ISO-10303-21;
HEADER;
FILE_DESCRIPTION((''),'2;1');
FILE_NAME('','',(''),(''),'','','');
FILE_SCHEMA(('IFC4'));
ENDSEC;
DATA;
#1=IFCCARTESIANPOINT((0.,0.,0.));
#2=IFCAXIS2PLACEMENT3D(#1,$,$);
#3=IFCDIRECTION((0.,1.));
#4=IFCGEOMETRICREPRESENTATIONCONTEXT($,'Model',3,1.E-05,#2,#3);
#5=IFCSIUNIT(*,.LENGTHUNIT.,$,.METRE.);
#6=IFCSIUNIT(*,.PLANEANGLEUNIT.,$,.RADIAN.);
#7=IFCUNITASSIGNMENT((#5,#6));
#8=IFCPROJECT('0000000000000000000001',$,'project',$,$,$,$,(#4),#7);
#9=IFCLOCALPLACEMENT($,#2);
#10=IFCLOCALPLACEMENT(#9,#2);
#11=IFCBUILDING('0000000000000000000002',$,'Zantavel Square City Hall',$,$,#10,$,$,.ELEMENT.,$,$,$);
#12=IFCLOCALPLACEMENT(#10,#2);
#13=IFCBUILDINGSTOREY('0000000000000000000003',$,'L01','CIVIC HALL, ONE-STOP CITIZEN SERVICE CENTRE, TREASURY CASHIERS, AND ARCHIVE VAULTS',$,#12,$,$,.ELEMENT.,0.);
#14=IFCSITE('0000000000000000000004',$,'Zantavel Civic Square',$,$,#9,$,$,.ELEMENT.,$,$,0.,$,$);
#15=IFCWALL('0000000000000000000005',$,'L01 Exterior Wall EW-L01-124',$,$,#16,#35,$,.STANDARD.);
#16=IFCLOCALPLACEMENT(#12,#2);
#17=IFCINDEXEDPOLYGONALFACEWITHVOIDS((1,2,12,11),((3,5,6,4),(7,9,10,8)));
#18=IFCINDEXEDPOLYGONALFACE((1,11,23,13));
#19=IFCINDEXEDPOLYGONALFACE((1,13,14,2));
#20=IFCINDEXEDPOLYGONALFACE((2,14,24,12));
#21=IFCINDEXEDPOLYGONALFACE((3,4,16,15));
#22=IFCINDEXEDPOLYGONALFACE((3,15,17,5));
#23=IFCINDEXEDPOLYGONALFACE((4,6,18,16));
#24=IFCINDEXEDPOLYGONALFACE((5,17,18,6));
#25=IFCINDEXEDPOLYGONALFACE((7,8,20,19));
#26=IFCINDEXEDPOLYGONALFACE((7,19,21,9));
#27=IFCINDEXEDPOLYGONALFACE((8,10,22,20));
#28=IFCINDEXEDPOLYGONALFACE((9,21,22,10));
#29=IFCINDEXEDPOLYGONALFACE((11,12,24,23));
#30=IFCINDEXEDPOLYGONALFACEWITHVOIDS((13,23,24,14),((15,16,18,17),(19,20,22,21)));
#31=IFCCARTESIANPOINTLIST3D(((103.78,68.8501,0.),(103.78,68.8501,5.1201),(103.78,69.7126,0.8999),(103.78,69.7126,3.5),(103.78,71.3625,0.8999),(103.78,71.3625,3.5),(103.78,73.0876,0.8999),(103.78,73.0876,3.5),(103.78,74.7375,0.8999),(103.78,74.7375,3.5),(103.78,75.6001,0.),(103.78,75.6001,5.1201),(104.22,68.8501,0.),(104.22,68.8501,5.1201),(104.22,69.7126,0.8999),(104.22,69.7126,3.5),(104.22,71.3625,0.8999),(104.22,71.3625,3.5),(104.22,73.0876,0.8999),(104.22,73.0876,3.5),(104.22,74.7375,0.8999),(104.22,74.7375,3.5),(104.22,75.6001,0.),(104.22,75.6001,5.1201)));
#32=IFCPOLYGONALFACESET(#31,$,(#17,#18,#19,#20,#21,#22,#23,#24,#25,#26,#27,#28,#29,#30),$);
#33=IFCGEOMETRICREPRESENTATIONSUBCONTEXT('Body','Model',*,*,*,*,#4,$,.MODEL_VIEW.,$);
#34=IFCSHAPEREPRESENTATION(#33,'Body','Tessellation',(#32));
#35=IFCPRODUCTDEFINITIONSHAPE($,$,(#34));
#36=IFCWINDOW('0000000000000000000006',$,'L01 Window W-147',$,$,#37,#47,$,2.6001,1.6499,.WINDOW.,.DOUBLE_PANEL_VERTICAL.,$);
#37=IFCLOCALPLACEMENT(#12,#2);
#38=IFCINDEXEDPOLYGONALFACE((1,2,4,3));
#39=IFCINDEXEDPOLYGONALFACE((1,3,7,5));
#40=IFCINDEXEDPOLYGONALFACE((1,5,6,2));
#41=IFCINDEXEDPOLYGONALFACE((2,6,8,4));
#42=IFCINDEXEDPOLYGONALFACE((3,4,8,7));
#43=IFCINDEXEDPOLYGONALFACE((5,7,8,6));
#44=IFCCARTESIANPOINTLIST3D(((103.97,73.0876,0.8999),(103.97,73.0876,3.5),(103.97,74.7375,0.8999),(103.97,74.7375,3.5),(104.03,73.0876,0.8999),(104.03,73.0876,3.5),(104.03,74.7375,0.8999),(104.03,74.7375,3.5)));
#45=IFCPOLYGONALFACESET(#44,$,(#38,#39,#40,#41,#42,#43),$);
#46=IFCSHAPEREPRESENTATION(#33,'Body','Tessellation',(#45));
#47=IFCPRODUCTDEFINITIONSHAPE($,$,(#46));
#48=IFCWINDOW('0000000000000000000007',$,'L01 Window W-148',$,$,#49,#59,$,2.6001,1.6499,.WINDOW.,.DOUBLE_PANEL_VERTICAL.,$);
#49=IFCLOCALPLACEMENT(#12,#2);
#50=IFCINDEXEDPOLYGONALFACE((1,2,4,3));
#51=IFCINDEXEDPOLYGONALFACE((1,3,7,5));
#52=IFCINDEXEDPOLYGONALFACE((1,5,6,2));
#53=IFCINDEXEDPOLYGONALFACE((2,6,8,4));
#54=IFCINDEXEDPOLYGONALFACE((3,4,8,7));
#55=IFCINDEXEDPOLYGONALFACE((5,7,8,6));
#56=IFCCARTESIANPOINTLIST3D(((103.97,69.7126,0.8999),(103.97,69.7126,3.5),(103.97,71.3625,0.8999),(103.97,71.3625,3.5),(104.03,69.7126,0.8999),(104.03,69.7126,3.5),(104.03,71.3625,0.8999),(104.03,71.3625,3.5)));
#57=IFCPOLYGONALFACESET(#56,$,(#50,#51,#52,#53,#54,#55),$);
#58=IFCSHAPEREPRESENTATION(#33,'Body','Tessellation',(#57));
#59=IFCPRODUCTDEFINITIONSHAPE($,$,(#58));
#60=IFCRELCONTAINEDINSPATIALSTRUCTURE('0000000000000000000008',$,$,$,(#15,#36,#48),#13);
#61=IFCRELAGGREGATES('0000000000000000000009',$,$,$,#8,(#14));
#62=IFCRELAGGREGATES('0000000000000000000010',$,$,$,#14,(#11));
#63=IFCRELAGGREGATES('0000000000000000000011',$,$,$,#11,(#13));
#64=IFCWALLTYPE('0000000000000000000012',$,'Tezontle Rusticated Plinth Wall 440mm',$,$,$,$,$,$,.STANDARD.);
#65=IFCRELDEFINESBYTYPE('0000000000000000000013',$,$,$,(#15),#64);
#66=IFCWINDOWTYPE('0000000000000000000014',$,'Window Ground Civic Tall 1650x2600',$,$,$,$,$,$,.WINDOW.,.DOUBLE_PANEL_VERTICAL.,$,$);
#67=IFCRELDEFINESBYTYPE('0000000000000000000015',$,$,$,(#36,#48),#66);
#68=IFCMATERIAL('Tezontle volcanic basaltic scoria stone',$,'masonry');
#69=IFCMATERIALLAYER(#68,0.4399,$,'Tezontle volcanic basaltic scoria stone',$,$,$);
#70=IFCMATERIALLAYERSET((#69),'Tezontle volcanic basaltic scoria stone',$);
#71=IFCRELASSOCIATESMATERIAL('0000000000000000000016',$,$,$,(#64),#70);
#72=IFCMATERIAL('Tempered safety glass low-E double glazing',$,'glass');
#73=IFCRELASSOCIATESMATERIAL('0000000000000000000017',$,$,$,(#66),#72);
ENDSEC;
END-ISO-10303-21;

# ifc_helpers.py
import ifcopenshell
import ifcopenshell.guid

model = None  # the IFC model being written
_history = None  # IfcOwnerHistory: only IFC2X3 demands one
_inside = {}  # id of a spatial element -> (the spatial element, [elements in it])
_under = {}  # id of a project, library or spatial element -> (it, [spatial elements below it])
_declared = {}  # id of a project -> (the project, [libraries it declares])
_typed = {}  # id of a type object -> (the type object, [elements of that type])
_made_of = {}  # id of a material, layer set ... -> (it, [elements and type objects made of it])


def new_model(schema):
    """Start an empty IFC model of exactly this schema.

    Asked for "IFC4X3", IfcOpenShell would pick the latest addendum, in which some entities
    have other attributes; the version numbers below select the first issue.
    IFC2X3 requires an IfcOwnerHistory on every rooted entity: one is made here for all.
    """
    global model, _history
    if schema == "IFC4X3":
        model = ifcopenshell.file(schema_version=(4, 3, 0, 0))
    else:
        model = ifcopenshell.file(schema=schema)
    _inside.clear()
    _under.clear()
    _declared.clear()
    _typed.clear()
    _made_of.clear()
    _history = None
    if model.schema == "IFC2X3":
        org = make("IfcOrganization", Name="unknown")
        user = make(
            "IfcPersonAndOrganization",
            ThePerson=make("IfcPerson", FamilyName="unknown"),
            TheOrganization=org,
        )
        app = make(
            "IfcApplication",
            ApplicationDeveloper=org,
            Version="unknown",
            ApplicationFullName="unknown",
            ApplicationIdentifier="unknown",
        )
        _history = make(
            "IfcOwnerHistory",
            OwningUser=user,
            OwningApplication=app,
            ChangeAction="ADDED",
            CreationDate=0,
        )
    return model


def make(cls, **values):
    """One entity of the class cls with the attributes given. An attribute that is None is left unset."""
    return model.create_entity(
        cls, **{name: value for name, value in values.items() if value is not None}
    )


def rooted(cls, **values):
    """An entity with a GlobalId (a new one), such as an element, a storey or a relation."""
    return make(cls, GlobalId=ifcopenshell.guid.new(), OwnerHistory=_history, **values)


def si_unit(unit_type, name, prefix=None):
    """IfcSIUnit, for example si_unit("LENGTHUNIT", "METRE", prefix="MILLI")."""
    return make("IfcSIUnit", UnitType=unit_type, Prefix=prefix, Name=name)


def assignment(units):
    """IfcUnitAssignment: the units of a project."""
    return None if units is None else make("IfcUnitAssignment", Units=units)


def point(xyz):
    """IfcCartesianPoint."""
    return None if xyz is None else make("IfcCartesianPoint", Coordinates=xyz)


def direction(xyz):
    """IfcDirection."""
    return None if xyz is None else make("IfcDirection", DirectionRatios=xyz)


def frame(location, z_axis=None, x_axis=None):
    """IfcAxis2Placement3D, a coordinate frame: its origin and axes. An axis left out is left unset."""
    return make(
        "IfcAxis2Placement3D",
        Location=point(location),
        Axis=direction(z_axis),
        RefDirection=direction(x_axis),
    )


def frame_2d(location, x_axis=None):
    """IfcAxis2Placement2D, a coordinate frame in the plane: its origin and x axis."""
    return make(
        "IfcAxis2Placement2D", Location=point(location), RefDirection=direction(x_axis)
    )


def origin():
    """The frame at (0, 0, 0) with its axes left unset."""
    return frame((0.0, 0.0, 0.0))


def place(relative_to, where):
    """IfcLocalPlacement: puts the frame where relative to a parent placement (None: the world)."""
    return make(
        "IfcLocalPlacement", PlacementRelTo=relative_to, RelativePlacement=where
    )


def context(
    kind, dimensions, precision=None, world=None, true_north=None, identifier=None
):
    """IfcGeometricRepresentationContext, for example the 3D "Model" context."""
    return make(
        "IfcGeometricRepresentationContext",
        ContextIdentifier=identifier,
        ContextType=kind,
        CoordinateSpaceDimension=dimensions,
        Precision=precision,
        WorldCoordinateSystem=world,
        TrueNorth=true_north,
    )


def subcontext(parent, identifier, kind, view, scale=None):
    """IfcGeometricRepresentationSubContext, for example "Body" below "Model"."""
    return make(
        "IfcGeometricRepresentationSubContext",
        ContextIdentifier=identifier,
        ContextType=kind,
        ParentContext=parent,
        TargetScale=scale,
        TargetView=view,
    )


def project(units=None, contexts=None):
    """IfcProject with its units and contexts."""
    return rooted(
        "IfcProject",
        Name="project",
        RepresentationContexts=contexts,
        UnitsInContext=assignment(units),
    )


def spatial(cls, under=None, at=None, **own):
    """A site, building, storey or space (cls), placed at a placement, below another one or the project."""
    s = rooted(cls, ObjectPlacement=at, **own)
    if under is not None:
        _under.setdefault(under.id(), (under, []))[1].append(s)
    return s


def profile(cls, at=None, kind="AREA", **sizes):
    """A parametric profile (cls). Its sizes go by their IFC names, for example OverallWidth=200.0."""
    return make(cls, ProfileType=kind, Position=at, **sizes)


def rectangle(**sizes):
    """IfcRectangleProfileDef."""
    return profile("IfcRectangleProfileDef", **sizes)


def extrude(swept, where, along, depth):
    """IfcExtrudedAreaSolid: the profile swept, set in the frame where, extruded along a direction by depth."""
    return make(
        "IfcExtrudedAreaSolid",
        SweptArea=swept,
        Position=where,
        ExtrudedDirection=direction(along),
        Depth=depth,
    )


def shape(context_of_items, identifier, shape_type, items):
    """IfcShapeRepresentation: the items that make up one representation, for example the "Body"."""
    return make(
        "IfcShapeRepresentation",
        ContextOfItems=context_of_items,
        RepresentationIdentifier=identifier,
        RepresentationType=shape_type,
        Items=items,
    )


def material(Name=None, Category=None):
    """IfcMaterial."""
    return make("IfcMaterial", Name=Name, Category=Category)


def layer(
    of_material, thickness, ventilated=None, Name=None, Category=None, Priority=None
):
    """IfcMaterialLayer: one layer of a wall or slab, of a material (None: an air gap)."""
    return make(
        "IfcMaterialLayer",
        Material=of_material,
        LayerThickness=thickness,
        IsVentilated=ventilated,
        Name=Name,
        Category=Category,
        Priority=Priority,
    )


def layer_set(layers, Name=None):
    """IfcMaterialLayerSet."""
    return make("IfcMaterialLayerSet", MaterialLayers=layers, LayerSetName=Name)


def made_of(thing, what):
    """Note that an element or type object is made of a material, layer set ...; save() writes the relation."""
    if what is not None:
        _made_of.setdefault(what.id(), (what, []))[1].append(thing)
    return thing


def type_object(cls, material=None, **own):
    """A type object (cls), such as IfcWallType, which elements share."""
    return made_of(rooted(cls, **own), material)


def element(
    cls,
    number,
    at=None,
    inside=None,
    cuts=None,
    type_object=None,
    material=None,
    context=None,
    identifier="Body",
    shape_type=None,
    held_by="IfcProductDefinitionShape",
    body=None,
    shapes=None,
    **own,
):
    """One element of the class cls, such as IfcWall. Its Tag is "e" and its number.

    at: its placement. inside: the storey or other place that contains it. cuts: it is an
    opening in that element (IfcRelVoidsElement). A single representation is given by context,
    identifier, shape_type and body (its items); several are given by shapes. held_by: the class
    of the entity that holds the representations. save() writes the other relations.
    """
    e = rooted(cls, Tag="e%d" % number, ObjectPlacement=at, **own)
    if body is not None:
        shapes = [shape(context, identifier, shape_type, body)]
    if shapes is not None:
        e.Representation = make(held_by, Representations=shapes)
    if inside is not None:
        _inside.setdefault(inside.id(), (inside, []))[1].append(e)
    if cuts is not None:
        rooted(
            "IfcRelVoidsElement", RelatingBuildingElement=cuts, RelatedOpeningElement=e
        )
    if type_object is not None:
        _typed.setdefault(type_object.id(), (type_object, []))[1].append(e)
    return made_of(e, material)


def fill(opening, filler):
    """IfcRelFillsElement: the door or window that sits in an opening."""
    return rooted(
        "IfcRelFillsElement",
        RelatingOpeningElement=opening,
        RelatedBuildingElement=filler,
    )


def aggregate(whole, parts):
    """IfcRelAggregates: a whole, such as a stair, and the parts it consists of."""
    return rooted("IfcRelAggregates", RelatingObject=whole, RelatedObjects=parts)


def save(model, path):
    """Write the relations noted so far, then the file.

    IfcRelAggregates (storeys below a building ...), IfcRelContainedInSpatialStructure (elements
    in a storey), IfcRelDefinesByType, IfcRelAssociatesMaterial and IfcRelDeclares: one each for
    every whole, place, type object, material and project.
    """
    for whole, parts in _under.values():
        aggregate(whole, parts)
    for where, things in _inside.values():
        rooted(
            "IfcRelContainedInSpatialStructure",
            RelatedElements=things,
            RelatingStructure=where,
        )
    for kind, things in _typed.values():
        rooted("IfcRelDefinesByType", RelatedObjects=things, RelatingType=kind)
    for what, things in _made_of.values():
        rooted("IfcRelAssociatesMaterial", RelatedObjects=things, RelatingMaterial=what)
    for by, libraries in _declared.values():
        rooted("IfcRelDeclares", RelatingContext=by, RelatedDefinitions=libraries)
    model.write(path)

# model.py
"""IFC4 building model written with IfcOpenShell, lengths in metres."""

from ifc_helpers import new_model, si_unit, direction, frame, frame_2d, origin, place, context, subcontext, project, spatial, rectangle, extrude, material, layer, layer_set, type_object, element, fill, save


model = new_model("IFC4")

# Units and contexts
model_context = context("Model", 3, precision=1e-05, world=origin(), true_north=direction((0.0, 1.0)))
body_context = subcontext(model_context, "Body", "Model", "MODEL_VIEW")
ifc_project = project(units=[si_unit("LENGTHUNIT", "METRE"), si_unit("PLANEANGLEUNIT", "RADIAN")], contexts=[model_context])

# Site, building, storey
site_placement = place(None, origin())
site = spatial("IfcSite", under=ifc_project, at=site_placement, Name="Zantavel Civic Square", CompositionType="ELEMENT", RefElevation=0.0)
building_placement = place(site_placement, origin())
building = spatial("IfcBuilding", under=site, at=building_placement, Name="Zantavel Square City Hall", CompositionType="ELEMENT")
storey_placement = place(building_placement, origin())
storey = spatial("IfcBuildingStorey", under=building, at=storey_placement, Name="L01", Description="CIVIC HALL, ONE-STOP CITIZEN SERVICE CENTRE, TREASURY CASHIERS, AND ARCHIVE VAULTS", CompositionType="ELEMENT", Elevation=0.0)

# Wall, openings, windows
ifc_material_1 = material(Name="Tezontle volcanic basaltic scoria stone", Category="masonry")
ifc_layer_1 = layer(ifc_material_1, 0.4399, Name="Tezontle volcanic basaltic scoria stone")
ifc_layer_set_1 = layer_set([ifc_layer_1], Name="Tezontle volcanic basaltic scoria stone")
wall_type_1 = type_object("IfcWallType", Name="Tezontle Rusticated Plinth Wall 440mm", PredefinedType="STANDARD", material=ifc_layer_set_1)
ifc_material_2 = material(Name="Tempered safety glass low-E double glazing", Category="glass")
wall_1_placement = place(storey_placement, frame((104.0, 75.6001, 0.0), z_axis=(0.0, 0.0, 1.0), x_axis=(0.0, -1.0, 0.0)))
wall_1 = element("IfcWall", 1, at=wall_1_placement, inside=storey, type_object=wall_type_1, Name="L01 Exterior Wall EW-L01-124", PredefinedType="STANDARD", context=body_context, shape_type="SweptSolid", body=[
    extrude(rectangle(XDim=6.75, YDim=0.4399, at=frame_2d((3.375, 0.0))), origin(), (0.0, 0.0, 1.0), 5.1201),
])
opening_1_placement = place(wall_1_placement, frame((0.8625, 0.0, 0.8999)))
opening_1 = element("IfcOpeningElement", 2, at=opening_1_placement, cuts=wall_1, PredefinedType="OPENING", context=body_context, shape_type="SweptSolid", body=[
    extrude(rectangle(XDim=1.6499, YDim=2.6001, at=frame_2d((0.825, 1.3))), frame((0.0, 0.23, 0.0), z_axis=(0.0, -1.0, 0.0), x_axis=(1.0, 0.0, 0.0)), (0.0, 0.0, 1.0), 0.46),
])
opening_2_placement = place(wall_1_placement, frame((4.2375, 0.0, 0.8999)))
opening_2 = element("IfcOpeningElement", 3, at=opening_2_placement, cuts=wall_1, PredefinedType="OPENING", context=body_context, shape_type="SweptSolid", body=[
    extrude(rectangle(XDim=1.6499, YDim=2.6001, at=frame_2d((0.825, 1.3))), frame((0.0, 0.23, 0.0), z_axis=(0.0, -1.0, 0.0), x_axis=(1.0, 0.0, 0.0)), (0.0, 0.0, 1.0), 0.46),
])
window_type_1 = type_object("IfcWindowType", Name="Window Ground Civic Tall 1650x2600", PartitioningType="DOUBLE_PANEL_VERTICAL", PredefinedType="WINDOW", material=ifc_material_2)
window_1_placement = place(opening_1_placement, origin())
window_1 = element("IfcWindow", 4, at=window_1_placement, inside=storey, type_object=window_type_1, Name="L01 Window W-147", OverallHeight=2.6001, OverallWidth=1.6499, PartitioningType="DOUBLE_PANEL_VERTICAL", PredefinedType="WINDOW", context=body_context, shape_type="SweptSolid", body=[
    extrude(rectangle(XDim=1.6499, YDim=2.6001, at=frame_2d((0.825, 1.3))), frame((0.0, 0.03, 0.0), z_axis=(0.0, -1.0, 0.0), x_axis=(1.0, 0.0, 0.0)), (0.0, 0.0, 1.0), 0.0601),
])
fill(opening_1, window_1)
window_2_placement = place(opening_2_placement, origin())
window_2 = element("IfcWindow", 5, at=window_2_placement, inside=storey, type_object=window_type_1, Name="L01 Window W-148", OverallHeight=2.6001, OverallWidth=1.6499, PartitioningType="DOUBLE_PANEL_VERTICAL", PredefinedType="WINDOW", context=body_context, shape_type="SweptSolid", body=[
    extrude(rectangle(XDim=1.6499, YDim=2.6001, at=frame_2d((0.825, 1.3))), frame((0.0, 0.03, 0.0), z_axis=(0.0, -1.0, 0.0), x_axis=(1.0, 0.0, 0.0)), (0.0, 0.0, 1.0), 0.0601),
])
fill(opening_2, window_2)

save(model, "model.ifc")
